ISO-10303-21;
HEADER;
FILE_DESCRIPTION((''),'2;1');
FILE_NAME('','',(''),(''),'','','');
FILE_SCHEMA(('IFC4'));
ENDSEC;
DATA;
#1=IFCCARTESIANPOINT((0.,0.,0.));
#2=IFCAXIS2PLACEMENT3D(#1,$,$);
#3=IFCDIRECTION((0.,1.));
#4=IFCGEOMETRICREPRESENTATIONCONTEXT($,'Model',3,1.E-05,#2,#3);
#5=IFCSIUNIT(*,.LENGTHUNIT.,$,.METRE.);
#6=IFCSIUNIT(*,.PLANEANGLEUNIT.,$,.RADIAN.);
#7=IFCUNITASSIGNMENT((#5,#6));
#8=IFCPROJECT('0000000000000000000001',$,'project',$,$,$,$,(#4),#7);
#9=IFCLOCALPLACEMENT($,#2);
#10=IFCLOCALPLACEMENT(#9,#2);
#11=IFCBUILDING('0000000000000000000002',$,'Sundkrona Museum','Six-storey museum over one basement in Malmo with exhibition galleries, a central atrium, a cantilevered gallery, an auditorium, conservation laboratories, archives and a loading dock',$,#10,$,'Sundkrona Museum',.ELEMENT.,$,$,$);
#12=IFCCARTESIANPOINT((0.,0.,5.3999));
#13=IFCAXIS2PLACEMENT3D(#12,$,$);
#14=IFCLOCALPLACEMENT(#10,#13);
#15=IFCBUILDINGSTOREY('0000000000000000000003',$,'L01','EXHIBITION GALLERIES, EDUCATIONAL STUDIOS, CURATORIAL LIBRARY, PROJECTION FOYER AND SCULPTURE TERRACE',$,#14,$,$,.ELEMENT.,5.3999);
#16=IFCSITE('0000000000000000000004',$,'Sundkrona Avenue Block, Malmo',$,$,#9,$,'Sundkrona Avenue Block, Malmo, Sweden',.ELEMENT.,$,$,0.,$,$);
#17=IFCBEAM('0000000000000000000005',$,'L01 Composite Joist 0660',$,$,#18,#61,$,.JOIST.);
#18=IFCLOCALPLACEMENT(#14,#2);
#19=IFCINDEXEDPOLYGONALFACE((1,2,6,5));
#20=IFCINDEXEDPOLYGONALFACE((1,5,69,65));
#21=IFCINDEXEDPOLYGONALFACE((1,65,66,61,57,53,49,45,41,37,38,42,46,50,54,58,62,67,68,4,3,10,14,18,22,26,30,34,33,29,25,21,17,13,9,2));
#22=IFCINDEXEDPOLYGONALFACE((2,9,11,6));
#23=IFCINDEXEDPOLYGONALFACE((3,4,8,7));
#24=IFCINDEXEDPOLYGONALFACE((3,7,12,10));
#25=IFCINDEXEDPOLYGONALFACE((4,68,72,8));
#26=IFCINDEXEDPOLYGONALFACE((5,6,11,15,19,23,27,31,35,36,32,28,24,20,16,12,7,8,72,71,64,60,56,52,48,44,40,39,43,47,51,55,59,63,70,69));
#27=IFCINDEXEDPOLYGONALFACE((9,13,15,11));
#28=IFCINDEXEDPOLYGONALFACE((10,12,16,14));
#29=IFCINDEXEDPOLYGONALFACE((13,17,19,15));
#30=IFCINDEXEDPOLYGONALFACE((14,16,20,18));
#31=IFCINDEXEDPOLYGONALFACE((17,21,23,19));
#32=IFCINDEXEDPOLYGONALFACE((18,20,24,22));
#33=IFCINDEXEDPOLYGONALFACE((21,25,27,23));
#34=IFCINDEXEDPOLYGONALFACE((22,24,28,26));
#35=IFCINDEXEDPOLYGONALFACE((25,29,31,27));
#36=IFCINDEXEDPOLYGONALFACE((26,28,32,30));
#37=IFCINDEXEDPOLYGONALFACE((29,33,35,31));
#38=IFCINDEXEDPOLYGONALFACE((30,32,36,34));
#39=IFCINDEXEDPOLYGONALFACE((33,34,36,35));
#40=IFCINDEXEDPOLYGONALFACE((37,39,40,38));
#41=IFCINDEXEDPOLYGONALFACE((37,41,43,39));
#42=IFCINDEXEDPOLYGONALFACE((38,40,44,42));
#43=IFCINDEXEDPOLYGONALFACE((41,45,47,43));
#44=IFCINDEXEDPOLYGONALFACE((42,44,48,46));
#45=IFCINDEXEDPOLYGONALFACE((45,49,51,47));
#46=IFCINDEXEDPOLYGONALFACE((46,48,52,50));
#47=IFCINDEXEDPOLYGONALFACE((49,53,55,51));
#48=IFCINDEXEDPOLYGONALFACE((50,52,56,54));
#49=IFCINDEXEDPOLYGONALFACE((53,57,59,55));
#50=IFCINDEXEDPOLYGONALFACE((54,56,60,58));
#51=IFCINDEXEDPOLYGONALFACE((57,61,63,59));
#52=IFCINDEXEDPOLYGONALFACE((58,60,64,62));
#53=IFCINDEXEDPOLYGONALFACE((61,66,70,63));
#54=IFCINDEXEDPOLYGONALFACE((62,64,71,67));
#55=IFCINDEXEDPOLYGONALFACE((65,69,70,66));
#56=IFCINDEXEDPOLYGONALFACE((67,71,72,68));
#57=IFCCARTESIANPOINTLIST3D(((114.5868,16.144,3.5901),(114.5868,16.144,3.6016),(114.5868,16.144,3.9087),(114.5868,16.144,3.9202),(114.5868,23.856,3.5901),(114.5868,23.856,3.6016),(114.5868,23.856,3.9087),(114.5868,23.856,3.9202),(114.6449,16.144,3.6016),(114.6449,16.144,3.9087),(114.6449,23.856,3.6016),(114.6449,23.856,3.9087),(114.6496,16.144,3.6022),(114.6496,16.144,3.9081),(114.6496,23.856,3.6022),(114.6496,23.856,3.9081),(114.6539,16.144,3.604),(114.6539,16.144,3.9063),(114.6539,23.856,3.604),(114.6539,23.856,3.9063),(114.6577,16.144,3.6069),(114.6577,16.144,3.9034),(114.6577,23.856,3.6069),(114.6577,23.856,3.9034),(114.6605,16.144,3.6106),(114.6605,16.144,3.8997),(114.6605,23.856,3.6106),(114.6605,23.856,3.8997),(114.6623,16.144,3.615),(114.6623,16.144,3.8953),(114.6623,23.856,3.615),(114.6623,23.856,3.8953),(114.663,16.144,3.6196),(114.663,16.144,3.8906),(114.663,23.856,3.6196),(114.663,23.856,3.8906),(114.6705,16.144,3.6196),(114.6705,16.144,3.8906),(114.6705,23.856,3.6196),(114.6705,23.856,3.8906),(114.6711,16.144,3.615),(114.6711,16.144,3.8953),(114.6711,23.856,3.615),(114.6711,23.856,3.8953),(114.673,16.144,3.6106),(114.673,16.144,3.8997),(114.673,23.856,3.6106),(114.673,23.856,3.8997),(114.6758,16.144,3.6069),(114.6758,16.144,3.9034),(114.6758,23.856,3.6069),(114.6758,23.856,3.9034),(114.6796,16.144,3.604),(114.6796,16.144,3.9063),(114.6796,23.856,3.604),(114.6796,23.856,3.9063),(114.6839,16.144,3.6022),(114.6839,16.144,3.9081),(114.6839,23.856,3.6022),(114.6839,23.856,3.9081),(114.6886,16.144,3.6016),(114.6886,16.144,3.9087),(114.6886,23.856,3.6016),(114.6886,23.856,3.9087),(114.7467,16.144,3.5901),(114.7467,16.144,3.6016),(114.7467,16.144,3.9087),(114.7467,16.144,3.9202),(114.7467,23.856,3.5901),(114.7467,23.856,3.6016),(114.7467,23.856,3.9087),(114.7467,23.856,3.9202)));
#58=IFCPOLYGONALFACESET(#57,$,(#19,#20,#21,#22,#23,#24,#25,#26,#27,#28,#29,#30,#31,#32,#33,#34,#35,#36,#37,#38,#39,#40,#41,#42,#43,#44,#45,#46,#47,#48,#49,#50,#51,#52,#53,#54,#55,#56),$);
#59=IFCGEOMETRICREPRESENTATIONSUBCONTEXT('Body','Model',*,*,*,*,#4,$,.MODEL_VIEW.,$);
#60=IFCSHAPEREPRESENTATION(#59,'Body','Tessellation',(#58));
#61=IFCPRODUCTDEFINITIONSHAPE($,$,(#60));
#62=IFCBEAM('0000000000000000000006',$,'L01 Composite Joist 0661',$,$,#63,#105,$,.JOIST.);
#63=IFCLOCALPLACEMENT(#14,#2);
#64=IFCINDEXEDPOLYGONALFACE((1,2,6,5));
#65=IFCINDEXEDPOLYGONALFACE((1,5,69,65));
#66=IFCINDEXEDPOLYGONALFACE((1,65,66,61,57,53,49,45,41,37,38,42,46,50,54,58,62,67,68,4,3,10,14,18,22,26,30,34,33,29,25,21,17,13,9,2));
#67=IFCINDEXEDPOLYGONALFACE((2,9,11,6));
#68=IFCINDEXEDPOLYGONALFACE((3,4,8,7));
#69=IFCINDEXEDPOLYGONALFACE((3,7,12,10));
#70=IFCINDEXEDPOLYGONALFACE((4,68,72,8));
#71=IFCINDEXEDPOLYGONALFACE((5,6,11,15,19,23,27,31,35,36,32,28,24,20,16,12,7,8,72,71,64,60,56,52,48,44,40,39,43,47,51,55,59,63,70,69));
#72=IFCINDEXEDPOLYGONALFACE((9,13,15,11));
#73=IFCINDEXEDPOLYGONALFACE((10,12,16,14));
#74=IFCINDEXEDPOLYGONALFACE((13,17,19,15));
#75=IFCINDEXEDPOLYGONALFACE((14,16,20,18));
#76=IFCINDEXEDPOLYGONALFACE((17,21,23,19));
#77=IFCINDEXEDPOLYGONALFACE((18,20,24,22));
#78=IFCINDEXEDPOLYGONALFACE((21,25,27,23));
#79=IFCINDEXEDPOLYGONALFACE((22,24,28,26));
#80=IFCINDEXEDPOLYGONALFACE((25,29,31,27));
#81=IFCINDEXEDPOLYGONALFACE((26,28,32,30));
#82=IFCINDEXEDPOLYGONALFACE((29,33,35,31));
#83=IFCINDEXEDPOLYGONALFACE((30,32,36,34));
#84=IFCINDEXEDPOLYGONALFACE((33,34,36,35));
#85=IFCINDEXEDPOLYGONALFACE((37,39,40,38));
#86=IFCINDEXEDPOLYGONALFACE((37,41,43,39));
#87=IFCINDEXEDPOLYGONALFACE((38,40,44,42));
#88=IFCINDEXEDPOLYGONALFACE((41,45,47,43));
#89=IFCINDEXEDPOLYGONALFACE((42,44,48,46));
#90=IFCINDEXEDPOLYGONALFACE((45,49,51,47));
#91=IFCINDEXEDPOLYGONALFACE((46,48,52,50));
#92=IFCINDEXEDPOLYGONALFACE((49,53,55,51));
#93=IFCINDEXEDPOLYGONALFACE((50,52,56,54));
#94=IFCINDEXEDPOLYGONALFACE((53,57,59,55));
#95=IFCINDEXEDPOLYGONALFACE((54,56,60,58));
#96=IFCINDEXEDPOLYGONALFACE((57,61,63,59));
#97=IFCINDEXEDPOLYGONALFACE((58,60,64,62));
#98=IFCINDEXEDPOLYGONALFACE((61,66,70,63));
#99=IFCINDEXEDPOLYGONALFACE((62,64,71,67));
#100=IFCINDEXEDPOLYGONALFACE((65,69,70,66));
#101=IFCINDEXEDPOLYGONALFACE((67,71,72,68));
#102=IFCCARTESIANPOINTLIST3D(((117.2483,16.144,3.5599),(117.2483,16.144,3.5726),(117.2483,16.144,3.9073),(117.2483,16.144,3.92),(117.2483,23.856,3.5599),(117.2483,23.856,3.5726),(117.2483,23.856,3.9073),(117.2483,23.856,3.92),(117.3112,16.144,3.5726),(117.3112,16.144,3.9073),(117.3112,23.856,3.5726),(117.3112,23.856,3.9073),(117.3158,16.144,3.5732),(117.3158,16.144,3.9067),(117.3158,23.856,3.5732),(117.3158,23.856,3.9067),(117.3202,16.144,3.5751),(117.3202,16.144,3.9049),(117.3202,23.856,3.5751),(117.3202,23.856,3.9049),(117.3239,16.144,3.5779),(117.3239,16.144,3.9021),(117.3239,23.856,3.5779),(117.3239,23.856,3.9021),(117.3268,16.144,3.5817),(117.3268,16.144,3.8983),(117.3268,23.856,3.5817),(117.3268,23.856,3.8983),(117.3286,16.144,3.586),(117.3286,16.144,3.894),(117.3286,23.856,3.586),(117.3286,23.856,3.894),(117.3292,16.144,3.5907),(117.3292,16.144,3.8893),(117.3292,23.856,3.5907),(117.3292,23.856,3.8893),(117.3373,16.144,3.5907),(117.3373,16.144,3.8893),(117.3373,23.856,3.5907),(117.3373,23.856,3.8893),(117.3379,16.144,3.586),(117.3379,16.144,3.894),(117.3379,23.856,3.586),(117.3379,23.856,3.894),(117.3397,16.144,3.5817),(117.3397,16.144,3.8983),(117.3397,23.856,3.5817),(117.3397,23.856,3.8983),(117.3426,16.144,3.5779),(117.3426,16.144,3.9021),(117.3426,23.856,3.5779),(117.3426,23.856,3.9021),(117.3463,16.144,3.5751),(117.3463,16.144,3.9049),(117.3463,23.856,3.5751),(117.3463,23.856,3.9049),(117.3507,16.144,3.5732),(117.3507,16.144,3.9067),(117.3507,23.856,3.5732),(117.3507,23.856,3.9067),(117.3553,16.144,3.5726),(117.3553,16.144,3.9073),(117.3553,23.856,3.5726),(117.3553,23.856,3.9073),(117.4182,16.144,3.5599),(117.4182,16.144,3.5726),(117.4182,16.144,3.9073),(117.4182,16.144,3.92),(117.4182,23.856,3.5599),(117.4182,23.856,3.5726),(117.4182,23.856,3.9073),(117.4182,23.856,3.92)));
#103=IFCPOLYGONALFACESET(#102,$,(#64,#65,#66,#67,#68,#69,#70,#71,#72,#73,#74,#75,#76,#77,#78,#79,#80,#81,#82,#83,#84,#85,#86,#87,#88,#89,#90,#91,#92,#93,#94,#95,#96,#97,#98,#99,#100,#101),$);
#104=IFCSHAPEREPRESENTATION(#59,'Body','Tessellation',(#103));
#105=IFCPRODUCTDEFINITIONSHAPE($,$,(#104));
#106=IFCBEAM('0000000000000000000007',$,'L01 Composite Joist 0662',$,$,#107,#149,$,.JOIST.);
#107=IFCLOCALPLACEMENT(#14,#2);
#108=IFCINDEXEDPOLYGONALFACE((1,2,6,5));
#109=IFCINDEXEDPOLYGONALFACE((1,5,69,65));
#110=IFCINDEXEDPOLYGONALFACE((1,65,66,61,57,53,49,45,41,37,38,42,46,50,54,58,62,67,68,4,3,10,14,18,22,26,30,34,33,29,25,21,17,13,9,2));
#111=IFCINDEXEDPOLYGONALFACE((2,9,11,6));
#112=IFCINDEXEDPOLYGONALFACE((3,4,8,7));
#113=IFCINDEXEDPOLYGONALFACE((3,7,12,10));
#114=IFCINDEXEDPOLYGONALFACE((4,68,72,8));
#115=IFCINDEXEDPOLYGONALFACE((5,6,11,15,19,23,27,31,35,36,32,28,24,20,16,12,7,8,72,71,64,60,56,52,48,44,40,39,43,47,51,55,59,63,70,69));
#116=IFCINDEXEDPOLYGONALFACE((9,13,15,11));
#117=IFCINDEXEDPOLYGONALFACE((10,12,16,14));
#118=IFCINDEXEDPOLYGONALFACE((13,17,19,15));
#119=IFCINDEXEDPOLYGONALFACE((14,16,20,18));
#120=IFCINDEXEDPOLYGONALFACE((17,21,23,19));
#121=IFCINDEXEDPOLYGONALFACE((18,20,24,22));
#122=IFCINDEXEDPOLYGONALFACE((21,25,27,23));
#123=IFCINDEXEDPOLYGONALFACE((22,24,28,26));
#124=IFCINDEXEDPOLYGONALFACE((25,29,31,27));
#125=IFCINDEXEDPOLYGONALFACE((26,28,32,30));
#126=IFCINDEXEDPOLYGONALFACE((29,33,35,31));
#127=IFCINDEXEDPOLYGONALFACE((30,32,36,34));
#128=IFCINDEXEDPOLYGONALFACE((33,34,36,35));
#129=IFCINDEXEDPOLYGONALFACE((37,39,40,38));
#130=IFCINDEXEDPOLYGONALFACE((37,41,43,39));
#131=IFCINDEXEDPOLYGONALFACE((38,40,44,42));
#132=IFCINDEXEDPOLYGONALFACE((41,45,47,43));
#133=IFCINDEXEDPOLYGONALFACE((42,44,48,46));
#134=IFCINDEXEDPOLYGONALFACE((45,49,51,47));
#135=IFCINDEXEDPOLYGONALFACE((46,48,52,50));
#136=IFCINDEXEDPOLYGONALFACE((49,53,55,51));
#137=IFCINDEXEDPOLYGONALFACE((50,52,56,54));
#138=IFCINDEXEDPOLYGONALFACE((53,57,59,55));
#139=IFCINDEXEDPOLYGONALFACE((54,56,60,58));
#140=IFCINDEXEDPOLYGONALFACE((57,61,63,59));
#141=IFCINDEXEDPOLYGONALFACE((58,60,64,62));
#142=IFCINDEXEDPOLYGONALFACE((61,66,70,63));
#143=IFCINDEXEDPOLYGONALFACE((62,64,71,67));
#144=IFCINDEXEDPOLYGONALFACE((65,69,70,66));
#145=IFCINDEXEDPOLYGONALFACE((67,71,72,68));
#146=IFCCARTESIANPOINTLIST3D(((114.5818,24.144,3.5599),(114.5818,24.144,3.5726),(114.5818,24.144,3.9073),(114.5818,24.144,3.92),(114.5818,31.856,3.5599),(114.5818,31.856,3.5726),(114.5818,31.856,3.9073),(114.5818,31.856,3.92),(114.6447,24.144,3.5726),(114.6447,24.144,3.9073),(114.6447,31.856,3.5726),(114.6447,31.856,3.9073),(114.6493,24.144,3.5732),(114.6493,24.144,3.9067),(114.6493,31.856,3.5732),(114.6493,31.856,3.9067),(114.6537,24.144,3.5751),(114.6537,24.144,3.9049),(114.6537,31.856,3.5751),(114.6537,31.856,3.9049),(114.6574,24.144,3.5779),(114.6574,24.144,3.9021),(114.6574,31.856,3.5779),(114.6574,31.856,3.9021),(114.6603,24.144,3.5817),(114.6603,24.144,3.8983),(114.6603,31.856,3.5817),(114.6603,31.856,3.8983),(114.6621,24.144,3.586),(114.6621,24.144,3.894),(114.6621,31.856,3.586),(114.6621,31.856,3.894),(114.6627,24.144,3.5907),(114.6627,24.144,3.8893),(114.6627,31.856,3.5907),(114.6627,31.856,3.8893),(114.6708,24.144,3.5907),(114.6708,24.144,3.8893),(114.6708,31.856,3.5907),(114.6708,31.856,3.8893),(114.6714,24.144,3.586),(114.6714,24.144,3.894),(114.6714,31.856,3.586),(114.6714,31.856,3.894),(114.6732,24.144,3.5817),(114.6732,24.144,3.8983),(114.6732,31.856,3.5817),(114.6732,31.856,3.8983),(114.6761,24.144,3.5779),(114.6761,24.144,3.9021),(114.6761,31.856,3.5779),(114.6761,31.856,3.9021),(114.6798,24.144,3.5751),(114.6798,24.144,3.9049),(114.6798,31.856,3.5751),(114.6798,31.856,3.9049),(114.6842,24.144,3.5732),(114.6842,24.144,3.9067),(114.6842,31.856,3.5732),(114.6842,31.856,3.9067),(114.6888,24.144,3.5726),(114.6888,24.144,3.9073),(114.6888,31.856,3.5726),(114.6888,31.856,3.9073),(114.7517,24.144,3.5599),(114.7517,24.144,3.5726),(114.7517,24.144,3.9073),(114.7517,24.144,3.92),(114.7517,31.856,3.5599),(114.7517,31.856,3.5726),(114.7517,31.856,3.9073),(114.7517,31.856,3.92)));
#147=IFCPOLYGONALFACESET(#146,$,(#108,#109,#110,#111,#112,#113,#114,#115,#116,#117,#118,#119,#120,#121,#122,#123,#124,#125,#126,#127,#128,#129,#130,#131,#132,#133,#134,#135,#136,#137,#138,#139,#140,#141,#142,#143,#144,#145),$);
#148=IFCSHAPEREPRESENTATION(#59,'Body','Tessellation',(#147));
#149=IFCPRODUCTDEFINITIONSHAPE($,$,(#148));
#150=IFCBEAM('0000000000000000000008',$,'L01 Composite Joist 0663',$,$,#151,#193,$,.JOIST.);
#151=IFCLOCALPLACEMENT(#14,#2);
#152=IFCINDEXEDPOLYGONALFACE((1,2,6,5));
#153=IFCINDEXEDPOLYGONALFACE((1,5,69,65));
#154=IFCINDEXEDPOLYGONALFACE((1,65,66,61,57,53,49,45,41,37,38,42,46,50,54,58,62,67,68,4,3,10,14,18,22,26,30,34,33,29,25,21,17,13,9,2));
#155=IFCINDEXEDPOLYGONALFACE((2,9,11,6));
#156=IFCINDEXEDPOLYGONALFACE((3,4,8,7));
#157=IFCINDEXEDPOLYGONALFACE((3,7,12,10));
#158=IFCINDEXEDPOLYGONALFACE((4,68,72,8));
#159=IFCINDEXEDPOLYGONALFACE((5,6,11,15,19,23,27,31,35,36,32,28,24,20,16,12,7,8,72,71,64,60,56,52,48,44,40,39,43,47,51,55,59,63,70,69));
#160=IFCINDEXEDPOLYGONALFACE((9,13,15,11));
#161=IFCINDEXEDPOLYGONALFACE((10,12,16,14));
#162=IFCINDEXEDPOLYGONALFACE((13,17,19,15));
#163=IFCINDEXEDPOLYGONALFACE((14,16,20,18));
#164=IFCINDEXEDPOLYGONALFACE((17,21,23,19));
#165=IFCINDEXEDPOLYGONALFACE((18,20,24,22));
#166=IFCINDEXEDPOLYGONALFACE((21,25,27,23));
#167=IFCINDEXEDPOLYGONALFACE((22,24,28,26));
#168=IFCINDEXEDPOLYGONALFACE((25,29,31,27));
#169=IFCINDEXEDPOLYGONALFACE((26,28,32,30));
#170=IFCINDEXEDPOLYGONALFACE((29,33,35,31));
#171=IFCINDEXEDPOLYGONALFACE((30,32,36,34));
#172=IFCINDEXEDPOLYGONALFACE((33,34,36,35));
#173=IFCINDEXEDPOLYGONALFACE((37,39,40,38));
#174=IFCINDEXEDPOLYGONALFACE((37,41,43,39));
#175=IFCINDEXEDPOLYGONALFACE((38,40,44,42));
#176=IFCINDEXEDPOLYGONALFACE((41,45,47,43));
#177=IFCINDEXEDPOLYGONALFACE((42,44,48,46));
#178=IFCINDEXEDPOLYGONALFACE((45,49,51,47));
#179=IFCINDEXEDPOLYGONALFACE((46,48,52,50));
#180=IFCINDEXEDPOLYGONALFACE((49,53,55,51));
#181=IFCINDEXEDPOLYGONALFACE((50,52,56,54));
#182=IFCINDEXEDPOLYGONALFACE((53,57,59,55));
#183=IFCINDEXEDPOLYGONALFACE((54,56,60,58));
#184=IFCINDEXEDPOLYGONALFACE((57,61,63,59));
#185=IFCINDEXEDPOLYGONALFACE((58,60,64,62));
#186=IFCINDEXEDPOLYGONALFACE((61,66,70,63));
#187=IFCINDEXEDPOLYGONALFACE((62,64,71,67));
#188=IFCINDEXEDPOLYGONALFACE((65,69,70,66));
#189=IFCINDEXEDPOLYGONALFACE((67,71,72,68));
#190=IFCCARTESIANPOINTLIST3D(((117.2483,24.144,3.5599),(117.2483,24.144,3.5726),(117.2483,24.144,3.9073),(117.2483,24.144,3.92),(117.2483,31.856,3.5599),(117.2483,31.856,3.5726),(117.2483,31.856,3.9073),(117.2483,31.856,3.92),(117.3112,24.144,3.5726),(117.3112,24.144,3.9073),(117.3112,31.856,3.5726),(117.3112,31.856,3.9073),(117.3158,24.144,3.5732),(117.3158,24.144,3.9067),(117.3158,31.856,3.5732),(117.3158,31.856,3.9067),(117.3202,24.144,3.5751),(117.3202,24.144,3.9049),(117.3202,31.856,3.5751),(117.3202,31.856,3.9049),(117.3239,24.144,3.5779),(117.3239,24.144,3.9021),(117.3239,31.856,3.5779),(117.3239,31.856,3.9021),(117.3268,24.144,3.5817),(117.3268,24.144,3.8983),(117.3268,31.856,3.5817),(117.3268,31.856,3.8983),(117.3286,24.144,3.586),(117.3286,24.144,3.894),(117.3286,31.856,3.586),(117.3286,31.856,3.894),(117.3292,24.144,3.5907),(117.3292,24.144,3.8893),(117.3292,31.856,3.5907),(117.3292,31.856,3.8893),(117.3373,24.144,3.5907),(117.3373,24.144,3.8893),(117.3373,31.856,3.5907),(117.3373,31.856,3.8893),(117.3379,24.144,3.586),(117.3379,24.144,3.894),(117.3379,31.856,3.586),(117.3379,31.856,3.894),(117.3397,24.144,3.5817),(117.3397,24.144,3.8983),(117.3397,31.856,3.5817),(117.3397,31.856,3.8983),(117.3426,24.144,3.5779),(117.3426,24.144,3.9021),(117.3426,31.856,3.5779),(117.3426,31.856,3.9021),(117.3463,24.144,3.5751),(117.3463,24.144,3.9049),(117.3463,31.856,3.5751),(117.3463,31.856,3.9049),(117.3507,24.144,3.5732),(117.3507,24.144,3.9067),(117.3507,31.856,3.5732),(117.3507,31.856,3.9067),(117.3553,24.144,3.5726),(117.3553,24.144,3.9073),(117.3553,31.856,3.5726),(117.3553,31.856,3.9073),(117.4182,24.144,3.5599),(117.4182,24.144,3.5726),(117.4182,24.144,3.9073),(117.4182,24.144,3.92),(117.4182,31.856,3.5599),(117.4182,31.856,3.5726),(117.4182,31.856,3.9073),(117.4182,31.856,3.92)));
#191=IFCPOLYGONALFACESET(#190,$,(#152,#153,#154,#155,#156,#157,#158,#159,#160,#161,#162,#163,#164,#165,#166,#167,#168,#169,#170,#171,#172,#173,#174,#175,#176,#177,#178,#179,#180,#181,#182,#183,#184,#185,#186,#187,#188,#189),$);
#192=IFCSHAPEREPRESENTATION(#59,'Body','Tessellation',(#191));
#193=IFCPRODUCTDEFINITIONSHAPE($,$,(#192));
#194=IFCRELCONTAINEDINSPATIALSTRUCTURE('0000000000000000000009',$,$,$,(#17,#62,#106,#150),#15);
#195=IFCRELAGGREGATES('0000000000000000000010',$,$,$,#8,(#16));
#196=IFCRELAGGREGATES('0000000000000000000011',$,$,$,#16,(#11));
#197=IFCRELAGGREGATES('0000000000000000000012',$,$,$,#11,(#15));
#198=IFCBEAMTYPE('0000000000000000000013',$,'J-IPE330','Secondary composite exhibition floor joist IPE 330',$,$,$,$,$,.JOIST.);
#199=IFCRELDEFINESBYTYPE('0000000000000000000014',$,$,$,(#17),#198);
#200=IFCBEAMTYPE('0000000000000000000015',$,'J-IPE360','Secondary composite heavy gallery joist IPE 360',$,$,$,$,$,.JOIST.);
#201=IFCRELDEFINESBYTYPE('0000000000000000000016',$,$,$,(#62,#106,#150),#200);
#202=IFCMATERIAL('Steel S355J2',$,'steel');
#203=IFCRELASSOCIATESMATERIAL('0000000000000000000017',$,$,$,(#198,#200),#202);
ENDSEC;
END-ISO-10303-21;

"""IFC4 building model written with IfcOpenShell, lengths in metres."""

from ifc_helpers import new_model, si_unit, direction, frame, origin, origin_2d, place, context, subcontext, project, spatial, i_section, extrude, material, material_profile, profile_set, type_object, element, save


model = new_model("IFC4")

# Units and contexts
model_context = context("Model", 3, precision=1e-05, world=origin(), true_north=direction((0.0, 1.0)))
body_context = subcontext(model_context, "Body", "Model", "MODEL_VIEW")
ifc_project = project(units=[si_unit("LENGTHUNIT", "METRE"), si_unit("PLANEANGLEUNIT", "RADIAN")], contexts=[model_context])

# Site, building, storey
site_placement = place(None, origin())
site = spatial("IfcSite", under=ifc_project, at=site_placement, Name="Sundkrona Avenue Block, Malmo", LongName="Sundkrona Avenue Block, Malmo, Sweden", CompositionType="ELEMENT", RefElevation=0.0)
building_placement = place(site_placement, origin())
building = spatial("IfcBuilding", under=site, at=building_placement, Name="Sundkrona Museum", Description="Six-storey museum over one basement in Malmo with exhibition galleries, a central atrium, a cantilevered gallery, an auditorium, conservation laboratories, archives and a loading dock", LongName="Sundkrona Museum", CompositionType="ELEMENT")
storey_placement = place(building_placement, frame((0.0, 0.0, 5.3999)))
storey = spatial("IfcBuildingStorey", under=building, at=storey_placement, Name="L01", Description="EXHIBITION GALLERIES, EDUCATIONAL STUDIOS, CURATORIAL LIBRARY, PROJECTION FOYER AND SCULPTURE TERRACE", CompositionType="ELEMENT", Elevation=5.3999)

# Shared definitions
ifc_material_1 = material(Name="Steel S355J2", Category="steel")

# Beams
ifc_material_profile_1 = material_profile(ifc_material_1, i_section(OverallWidth=0.1599, OverallDepth=0.3301, WebThickness=0.0076, FlangeThickness=0.0115, FilletRadius=0.0181, at=origin_2d()), Name="IPE 330")
ifc_profile_set_1 = profile_set([ifc_material_profile_1], Name="Steel S355J2")
beam_type_1 = type_object("IfcBeamType", Name="J-IPE330", Description="Secondary composite exhibition floor joist IPE 330", PredefinedType="JOIST", material=ifc_profile_set_1)
beam_placement = place(storey_placement, frame((114.6667, 16.144, 3.7551), z_axis=(0.0, 1.0, 0.0), x_axis=(-1.0, 0.0, 0.0)))
element("IfcBeam", 1, at=beam_placement, inside=storey, type_object=beam_type_1, Name="L01 Composite Joist 0660", PredefinedType="JOIST", context=body_context, shape_type="SweptSolid", body=[
    extrude(i_section(OverallWidth=0.1599, OverallDepth=0.3301, WebThickness=0.0076, FlangeThickness=0.0115, FilletRadius=0.0181, at=origin_2d()), origin(), (0.0, 0.0, 1.0), 7.7119),
])
ifc_material_profile_2 = material_profile(ifc_material_1, i_section(OverallWidth=0.1699, OverallDepth=0.3601, WebThickness=0.0081, FlangeThickness=0.0127, FilletRadius=0.0181, at=origin_2d()), Name="IPE 360")
ifc_profile_set_2 = profile_set([ifc_material_profile_2], Name="Steel S355J2")
beam_type_2 = type_object("IfcBeamType", Name="J-IPE360", Description="Secondary composite heavy gallery joist IPE 360", PredefinedType="JOIST", material=ifc_profile_set_2)
for number, where, z_axis, x_axis, name in (
    (2, (117.3333, 16.144, 3.74), (0.0, 1.0, 0.0), (-1.0, 0.0, 0.0), "L01 Composite Joist 0661"),
    (3, (114.6667, 24.144, 3.74), (0.0, 1.0, 0.0), (-1.0, 0.0, 0.0), "L01 Composite Joist 0662"),
    (4, (117.3333, 24.144, 3.74), (0.0, 1.0, 0.0), (-1.0, 0.0, 0.0), "L01 Composite Joist 0663"),
):
    element("IfcBeam", number, at=place(storey_placement, frame(where, z_axis=z_axis, x_axis=x_axis)), inside=storey, type_object=beam_type_2, Name=name, PredefinedType="JOIST", context=body_context, shape_type="SweptSolid", body=[
        extrude(i_section(OverallWidth=0.1699, OverallDepth=0.3601, WebThickness=0.0081, FlangeThickness=0.0127, FilletRadius=0.0181, at=origin_2d()), origin(), (0.0, 0.0, 1.0), 7.7119),
    ])

save(model, "model.ifc")
